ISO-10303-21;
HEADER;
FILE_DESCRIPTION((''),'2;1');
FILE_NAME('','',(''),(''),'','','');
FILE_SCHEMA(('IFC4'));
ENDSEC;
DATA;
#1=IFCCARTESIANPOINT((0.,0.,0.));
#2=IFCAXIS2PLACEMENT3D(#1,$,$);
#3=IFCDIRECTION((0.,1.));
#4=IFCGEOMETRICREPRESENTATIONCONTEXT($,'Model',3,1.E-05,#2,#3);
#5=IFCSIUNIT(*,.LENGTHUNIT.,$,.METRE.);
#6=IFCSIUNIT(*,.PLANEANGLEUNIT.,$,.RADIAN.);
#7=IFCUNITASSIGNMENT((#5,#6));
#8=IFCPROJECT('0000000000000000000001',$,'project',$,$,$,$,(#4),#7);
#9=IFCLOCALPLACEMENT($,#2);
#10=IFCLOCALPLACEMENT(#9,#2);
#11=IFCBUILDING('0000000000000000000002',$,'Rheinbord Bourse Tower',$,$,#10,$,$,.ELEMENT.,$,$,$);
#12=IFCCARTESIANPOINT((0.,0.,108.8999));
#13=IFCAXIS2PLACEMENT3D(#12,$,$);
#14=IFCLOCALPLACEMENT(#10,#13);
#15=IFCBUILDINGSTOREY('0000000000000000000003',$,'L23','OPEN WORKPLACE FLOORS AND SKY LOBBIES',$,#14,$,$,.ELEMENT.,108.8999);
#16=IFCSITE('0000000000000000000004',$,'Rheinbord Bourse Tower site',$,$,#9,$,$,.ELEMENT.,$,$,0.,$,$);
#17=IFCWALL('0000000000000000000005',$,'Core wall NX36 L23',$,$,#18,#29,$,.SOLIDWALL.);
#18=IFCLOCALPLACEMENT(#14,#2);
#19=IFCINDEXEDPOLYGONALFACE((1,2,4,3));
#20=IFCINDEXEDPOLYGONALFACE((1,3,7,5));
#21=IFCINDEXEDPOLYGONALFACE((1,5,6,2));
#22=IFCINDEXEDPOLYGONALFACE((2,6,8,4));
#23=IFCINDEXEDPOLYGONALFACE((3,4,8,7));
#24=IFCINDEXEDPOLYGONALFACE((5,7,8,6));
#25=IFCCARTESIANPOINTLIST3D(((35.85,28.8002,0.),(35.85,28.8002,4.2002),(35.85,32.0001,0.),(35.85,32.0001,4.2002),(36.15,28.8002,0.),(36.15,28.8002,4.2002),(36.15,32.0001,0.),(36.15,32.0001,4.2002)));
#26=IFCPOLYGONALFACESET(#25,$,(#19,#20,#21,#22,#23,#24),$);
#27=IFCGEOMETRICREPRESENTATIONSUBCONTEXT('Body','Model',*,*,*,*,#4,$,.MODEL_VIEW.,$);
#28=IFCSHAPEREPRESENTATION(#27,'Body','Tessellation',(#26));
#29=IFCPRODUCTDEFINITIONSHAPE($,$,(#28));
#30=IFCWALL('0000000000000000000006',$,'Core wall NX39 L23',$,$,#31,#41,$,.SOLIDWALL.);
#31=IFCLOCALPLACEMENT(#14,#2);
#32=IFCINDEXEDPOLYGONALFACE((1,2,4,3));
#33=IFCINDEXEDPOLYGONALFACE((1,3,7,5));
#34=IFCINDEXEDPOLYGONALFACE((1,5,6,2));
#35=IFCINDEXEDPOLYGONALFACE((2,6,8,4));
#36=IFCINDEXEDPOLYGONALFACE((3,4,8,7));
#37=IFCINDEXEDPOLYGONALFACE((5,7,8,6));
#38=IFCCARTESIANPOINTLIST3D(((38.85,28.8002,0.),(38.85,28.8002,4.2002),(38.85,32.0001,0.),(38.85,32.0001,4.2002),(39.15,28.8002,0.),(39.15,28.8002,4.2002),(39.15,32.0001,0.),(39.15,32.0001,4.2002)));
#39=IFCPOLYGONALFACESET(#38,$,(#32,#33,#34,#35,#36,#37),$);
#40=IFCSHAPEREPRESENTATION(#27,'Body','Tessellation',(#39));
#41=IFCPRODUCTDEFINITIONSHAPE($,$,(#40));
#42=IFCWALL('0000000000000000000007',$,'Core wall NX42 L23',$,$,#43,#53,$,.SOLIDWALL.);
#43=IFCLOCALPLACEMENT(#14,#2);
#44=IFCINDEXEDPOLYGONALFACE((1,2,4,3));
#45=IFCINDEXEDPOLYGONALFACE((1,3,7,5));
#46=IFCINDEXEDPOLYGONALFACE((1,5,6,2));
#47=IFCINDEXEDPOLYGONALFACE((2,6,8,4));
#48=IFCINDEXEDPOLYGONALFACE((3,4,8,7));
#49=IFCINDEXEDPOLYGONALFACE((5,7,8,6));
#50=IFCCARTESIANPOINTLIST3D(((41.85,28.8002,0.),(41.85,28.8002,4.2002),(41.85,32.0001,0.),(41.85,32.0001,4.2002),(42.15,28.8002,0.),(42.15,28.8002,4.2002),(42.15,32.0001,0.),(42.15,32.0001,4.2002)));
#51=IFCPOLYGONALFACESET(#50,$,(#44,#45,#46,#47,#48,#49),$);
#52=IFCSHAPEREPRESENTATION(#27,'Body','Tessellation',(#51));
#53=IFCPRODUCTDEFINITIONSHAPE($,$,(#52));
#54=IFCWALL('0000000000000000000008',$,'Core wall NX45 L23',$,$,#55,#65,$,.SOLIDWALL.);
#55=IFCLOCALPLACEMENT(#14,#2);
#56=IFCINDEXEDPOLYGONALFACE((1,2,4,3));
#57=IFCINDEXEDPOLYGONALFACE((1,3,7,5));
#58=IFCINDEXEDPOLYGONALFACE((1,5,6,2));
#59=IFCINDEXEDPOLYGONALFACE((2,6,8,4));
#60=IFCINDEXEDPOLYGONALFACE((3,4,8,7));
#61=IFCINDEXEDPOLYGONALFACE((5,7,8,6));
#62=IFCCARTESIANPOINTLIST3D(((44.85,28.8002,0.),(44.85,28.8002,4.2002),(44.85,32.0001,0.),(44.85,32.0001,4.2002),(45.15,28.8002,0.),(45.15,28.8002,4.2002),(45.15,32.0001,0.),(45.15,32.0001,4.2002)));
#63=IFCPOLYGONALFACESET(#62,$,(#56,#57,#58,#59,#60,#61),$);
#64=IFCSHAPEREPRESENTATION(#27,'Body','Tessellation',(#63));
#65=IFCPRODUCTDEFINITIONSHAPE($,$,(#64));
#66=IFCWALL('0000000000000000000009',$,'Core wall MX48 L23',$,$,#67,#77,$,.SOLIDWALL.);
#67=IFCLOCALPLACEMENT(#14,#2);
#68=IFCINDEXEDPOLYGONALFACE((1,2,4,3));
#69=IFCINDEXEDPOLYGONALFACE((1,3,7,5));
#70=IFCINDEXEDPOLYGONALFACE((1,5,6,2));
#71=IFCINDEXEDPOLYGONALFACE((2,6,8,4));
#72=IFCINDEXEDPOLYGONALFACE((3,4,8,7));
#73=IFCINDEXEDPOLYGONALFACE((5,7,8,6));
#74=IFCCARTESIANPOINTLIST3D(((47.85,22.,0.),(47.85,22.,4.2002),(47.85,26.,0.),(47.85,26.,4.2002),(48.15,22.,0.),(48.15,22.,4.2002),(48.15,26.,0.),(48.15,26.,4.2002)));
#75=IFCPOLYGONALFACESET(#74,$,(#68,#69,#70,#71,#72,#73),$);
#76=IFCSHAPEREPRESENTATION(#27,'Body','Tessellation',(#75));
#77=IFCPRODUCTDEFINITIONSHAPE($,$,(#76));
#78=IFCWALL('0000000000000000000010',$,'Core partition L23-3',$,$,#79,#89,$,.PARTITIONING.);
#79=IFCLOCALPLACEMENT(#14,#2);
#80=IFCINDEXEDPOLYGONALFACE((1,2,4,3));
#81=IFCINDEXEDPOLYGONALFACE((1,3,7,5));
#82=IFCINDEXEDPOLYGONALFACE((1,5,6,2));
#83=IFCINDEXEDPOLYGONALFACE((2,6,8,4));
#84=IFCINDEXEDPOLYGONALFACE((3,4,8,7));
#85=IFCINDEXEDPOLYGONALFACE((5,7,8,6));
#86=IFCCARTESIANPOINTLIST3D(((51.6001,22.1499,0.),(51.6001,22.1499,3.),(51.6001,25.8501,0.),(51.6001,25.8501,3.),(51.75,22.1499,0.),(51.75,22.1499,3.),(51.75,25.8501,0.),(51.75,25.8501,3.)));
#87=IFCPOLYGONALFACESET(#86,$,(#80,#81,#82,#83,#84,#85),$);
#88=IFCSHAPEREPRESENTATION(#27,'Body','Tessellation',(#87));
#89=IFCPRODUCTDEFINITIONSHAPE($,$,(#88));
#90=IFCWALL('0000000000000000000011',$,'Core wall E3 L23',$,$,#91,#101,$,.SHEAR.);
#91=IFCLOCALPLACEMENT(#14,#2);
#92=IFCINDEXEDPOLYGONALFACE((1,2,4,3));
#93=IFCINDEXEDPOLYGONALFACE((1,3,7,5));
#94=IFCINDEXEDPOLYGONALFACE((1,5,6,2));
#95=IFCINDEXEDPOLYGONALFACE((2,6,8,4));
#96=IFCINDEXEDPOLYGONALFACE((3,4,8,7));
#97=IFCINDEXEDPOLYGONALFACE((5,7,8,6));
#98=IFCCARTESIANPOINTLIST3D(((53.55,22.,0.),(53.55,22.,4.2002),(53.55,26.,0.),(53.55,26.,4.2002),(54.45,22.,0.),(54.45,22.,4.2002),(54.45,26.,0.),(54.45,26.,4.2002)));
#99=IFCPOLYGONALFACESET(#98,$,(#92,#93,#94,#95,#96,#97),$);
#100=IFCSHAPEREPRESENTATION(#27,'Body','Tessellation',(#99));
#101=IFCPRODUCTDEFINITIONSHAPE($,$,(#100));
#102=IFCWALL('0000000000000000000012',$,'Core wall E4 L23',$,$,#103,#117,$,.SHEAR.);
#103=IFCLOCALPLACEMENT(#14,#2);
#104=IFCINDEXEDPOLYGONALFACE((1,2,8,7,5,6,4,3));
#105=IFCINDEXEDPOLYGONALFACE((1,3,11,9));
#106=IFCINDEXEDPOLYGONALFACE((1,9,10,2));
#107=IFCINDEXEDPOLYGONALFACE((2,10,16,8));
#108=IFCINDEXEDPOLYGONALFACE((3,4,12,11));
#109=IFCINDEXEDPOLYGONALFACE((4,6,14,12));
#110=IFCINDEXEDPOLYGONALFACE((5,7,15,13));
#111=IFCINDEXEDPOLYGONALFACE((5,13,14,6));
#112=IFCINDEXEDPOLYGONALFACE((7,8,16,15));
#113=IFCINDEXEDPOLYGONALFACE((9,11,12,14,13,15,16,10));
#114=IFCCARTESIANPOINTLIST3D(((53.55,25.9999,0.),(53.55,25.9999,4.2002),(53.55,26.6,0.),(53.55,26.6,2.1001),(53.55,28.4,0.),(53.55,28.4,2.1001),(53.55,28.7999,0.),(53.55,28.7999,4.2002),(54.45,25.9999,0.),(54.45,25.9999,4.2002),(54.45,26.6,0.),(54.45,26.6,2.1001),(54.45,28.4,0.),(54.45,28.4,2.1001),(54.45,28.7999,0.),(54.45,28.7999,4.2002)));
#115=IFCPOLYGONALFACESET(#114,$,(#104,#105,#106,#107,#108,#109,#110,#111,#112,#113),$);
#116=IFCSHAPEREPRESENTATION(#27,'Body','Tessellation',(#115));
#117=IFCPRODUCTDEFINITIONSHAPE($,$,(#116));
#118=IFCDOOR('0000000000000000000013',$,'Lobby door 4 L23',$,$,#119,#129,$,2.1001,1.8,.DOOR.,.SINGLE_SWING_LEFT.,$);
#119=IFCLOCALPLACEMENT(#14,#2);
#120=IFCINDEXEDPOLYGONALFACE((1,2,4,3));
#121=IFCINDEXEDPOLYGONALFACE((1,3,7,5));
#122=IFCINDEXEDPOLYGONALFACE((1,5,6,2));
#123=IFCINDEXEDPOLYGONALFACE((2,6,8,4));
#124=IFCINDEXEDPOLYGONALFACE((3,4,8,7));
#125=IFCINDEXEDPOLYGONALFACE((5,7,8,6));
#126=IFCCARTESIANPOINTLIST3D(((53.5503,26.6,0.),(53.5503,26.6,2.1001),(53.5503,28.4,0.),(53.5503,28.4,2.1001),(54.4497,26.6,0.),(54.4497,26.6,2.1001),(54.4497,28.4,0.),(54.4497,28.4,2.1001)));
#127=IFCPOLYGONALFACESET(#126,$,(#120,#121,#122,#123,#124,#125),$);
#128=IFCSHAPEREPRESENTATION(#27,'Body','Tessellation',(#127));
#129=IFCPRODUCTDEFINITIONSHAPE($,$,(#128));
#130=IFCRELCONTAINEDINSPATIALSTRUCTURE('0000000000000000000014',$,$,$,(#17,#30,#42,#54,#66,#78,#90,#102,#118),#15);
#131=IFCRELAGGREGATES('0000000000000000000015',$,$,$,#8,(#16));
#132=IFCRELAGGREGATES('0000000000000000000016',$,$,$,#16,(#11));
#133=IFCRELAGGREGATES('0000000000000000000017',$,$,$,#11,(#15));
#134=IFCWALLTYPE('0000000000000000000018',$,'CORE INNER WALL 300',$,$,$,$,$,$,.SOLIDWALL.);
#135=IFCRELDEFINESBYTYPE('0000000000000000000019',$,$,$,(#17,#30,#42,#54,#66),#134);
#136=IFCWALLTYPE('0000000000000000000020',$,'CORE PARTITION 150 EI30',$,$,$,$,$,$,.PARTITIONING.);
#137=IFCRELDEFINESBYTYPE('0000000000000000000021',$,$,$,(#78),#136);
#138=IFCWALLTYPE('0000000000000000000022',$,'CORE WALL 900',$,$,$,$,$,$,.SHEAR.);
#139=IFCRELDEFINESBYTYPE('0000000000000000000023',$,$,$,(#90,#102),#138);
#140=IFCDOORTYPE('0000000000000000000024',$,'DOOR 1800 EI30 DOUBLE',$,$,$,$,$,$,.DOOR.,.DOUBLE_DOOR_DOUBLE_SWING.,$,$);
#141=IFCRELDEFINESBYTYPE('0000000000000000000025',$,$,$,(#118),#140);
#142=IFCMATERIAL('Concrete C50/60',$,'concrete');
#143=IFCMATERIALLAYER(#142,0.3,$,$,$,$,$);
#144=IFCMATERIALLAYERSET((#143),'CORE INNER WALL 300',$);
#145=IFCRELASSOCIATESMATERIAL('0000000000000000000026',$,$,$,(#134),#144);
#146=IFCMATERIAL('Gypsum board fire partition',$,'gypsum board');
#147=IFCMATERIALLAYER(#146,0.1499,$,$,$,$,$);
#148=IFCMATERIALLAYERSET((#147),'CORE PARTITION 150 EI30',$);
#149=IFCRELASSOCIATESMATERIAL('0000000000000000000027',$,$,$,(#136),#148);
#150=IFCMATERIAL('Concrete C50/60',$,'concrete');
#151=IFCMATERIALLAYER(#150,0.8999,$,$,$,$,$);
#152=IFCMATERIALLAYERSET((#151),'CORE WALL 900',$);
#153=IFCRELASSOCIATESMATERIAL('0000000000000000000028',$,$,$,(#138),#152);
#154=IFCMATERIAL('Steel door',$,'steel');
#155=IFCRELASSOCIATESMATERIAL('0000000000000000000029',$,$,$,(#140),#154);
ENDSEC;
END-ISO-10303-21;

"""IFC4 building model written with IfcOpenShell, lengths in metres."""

from ifc_helpers import new_model, si_unit, direction, frame, frame_2d, origin, place, context, subcontext, project, spatial, rectangle, extrude, material, layer, layer_set, type_object, element, fill, save


model = new_model("IFC4")

# Units and contexts
model_context = context("Model", 3, precision=1e-05, world=origin(), true_north=direction((0.0, 1.0)))
body_context = subcontext(model_context, "Body", "Model", "MODEL_VIEW")
ifc_project = project(units=[si_unit("LENGTHUNIT", "METRE"), si_unit("PLANEANGLEUNIT", "RADIAN")], contexts=[model_context])

# Site, building, storey
site_placement = place(None, origin())
site = spatial("IfcSite", under=ifc_project, at=site_placement, Name="Rheinbord Bourse Tower site", CompositionType="ELEMENT", RefElevation=0.0)
building_placement = place(site_placement, origin())
building = spatial("IfcBuilding", under=site, at=building_placement, Name="Rheinbord Bourse Tower", CompositionType="ELEMENT")
storey_placement = place(building_placement, frame((0.0, 0.0, 108.8999)))
storey = spatial("IfcBuildingStorey", under=building, at=storey_placement, Name="L23", Description="OPEN WORKPLACE FLOORS AND SKY LOBBIES", CompositionType="ELEMENT", Elevation=108.8999)

# Shared definitions
ifc_material_1 = material(Name="Concrete C50/60", Category="concrete")
ifc_layer_1 = layer(ifc_material_1, 0.3)
ifc_layer_set_1 = layer_set([ifc_layer_1], Name="CORE INNER WALL 300")
wall_type_1 = type_object("IfcWallType", Name="CORE INNER WALL 300", PredefinedType="SOLIDWALL", material=ifc_layer_set_1)

# Walls
for number, where, z_axis, x_axis, name in (
    (1, (36.0, 28.8, 0.0), (0.0, 0.0, 1.0), (0.0, 1.0, 0.0), "Core wall NX36 L23"),
    (2, (39.0, 28.8, 0.0), (0.0, 0.0, 1.0), (0.0, 1.0, 0.0), "Core wall NX39 L23"),
    (3, (42.0, 28.8, 0.0), (0.0, 0.0, 1.0), (0.0, 1.0, 0.0), "Core wall NX42 L23"),
    (4, (45.0, 28.8, 0.0), (0.0, 0.0, 1.0), (0.0, 1.0, 0.0), "Core wall NX45 L23"),
):
    element("IfcWall", number, at=place(storey_placement, frame(where, z_axis=z_axis, x_axis=x_axis)), inside=storey, type_object=wall_type_1, Name=name, PredefinedType="SOLIDWALL", context=body_context, shape_type="SweptSolid", body=[
        extrude(rectangle(XDim=3.2, YDim=0.3, at=frame_2d((1.6001, 0.0))), origin(), (0.0, 0.0, 1.0), 4.2002),
    ])
wall_1_placement = place(storey_placement, frame((48.0, 22.0, 0.0), z_axis=(0.0, 0.0, 1.0), x_axis=(0.0, 1.0, 0.0)))
element("IfcWall", 5, at=wall_1_placement, inside=storey, type_object=wall_type_1, Name="Core wall MX48 L23", PredefinedType="SOLIDWALL", context=body_context, shape_type="SweptSolid", body=[
    extrude(rectangle(XDim=4.0, YDim=0.3, at=frame_2d((2.0, 0.0))), origin(), (0.0, 0.0, 1.0), 4.2002),
])
ifc_material_2 = material(Name="Gypsum board fire partition", Category="gypsum board")
ifc_layer_2 = layer(ifc_material_2, 0.1499)
ifc_layer_set_2 = layer_set([ifc_layer_2], Name="CORE PARTITION 150 EI30")
wall_type_2 = type_object("IfcWallType", Name="CORE PARTITION 150 EI30", PredefinedType="PARTITIONING", material=ifc_layer_set_2)
wall_2_placement = place(storey_placement, frame((51.675, 22.1499, 0.0), z_axis=(0.0, 0.0, 1.0), x_axis=(0.0, 1.0, 0.0)))
element("IfcWall", 6, at=wall_2_placement, inside=storey, type_object=wall_type_2, Name="Core partition L23-3", PredefinedType="PARTITIONING", context=body_context, shape_type="SweptSolid", body=[
    extrude(rectangle(XDim=3.7002, YDim=0.1499, at=frame_2d((1.8501, 0.0))), origin(), (0.0, 0.0, 1.0), 3.0),
])
ifc_material_3 = material(Name="Concrete C50/60", Category="concrete")
ifc_layer_3 = layer(ifc_material_3, 0.8999)
ifc_layer_set_3 = layer_set([ifc_layer_3], Name="CORE WALL 900")
wall_type_3 = type_object("IfcWallType", Name="CORE WALL 900", PredefinedType="SHEAR", material=ifc_layer_set_3)
wall_3_placement = place(storey_placement, frame((54.0, 22.0, 0.0), z_axis=(0.0, 0.0, 1.0), x_axis=(0.0, 1.0, 0.0)))
element("IfcWall", 7, at=wall_3_placement, inside=storey, type_object=wall_type_3, Name="Core wall E3 L23", PredefinedType="SHEAR", context=body_context, shape_type="SweptSolid", body=[
    extrude(rectangle(XDim=4.0, YDim=0.8999, at=frame_2d((2.0, 0.0))), origin(), (0.0, 0.0, 1.0), 4.2002),
])

# Wall, opening, door
wall_4_placement = place(storey_placement, frame((54.0, 26.0, 0.0), z_axis=(0.0, 0.0, 1.0), x_axis=(0.0, 1.0, 0.0)))
wall_4 = element("IfcWall", 8, at=wall_4_placement, inside=storey, type_object=wall_type_3, Name="Core wall E4 L23", PredefinedType="SHEAR", context=body_context, shape_type="SweptSolid", body=[
    extrude(rectangle(XDim=2.8, YDim=0.8999, at=frame_2d((1.3999, 0.0))), origin(), (0.0, 0.0, 1.0), 4.2002),
])
opening_1_placement = place(wall_4_placement, frame((0.6001, 0.0, 0.0)))
opening_1 = element("IfcOpeningElement", 9, at=opening_1_placement, cuts=wall_4, PredefinedType="OPENING", context=body_context, shape_type="SweptSolid", body=[
    extrude(rectangle(XDim=1.8, YDim=2.1001, at=frame_2d((0.8999, 1.05))), frame((0.0, 0.46, 0.0), z_axis=(0.0, -1.0, 0.0), x_axis=(1.0, 0.0, 0.0)), (0.0, 0.0, 1.0), 0.9199),
])
ifc_material_4 = material(Name="Steel door", Category="steel")
door_type_1 = type_object("IfcDoorType", Name="DOOR 1800 EI30 DOUBLE", OperationType="DOUBLE_DOOR_DOUBLE_SWING", PredefinedType="DOOR", material=ifc_material_4)
door_1_placement = place(opening_1_placement, origin())
door_1 = element("IfcDoor", 10, at=door_1_placement, inside=storey, type_object=door_type_1, Name="Lobby door 4 L23", OperationType="SINGLE_SWING_LEFT", OverallHeight=2.1001, OverallWidth=1.8, PredefinedType="DOOR", context=body_context, shape_type="SweptSolid", body=[
    extrude(rectangle(XDim=1.8, YDim=2.1001, at=frame_2d((0.8999, 1.05))), frame((0.0, 0.4497, 0.0), z_axis=(0.0, -1.0, 0.0), x_axis=(1.0, 0.0, 0.0)), (0.0, 0.0, 1.0), 0.8994),
])
fill(opening_1, door_1)

save(model, "model.ifc")
